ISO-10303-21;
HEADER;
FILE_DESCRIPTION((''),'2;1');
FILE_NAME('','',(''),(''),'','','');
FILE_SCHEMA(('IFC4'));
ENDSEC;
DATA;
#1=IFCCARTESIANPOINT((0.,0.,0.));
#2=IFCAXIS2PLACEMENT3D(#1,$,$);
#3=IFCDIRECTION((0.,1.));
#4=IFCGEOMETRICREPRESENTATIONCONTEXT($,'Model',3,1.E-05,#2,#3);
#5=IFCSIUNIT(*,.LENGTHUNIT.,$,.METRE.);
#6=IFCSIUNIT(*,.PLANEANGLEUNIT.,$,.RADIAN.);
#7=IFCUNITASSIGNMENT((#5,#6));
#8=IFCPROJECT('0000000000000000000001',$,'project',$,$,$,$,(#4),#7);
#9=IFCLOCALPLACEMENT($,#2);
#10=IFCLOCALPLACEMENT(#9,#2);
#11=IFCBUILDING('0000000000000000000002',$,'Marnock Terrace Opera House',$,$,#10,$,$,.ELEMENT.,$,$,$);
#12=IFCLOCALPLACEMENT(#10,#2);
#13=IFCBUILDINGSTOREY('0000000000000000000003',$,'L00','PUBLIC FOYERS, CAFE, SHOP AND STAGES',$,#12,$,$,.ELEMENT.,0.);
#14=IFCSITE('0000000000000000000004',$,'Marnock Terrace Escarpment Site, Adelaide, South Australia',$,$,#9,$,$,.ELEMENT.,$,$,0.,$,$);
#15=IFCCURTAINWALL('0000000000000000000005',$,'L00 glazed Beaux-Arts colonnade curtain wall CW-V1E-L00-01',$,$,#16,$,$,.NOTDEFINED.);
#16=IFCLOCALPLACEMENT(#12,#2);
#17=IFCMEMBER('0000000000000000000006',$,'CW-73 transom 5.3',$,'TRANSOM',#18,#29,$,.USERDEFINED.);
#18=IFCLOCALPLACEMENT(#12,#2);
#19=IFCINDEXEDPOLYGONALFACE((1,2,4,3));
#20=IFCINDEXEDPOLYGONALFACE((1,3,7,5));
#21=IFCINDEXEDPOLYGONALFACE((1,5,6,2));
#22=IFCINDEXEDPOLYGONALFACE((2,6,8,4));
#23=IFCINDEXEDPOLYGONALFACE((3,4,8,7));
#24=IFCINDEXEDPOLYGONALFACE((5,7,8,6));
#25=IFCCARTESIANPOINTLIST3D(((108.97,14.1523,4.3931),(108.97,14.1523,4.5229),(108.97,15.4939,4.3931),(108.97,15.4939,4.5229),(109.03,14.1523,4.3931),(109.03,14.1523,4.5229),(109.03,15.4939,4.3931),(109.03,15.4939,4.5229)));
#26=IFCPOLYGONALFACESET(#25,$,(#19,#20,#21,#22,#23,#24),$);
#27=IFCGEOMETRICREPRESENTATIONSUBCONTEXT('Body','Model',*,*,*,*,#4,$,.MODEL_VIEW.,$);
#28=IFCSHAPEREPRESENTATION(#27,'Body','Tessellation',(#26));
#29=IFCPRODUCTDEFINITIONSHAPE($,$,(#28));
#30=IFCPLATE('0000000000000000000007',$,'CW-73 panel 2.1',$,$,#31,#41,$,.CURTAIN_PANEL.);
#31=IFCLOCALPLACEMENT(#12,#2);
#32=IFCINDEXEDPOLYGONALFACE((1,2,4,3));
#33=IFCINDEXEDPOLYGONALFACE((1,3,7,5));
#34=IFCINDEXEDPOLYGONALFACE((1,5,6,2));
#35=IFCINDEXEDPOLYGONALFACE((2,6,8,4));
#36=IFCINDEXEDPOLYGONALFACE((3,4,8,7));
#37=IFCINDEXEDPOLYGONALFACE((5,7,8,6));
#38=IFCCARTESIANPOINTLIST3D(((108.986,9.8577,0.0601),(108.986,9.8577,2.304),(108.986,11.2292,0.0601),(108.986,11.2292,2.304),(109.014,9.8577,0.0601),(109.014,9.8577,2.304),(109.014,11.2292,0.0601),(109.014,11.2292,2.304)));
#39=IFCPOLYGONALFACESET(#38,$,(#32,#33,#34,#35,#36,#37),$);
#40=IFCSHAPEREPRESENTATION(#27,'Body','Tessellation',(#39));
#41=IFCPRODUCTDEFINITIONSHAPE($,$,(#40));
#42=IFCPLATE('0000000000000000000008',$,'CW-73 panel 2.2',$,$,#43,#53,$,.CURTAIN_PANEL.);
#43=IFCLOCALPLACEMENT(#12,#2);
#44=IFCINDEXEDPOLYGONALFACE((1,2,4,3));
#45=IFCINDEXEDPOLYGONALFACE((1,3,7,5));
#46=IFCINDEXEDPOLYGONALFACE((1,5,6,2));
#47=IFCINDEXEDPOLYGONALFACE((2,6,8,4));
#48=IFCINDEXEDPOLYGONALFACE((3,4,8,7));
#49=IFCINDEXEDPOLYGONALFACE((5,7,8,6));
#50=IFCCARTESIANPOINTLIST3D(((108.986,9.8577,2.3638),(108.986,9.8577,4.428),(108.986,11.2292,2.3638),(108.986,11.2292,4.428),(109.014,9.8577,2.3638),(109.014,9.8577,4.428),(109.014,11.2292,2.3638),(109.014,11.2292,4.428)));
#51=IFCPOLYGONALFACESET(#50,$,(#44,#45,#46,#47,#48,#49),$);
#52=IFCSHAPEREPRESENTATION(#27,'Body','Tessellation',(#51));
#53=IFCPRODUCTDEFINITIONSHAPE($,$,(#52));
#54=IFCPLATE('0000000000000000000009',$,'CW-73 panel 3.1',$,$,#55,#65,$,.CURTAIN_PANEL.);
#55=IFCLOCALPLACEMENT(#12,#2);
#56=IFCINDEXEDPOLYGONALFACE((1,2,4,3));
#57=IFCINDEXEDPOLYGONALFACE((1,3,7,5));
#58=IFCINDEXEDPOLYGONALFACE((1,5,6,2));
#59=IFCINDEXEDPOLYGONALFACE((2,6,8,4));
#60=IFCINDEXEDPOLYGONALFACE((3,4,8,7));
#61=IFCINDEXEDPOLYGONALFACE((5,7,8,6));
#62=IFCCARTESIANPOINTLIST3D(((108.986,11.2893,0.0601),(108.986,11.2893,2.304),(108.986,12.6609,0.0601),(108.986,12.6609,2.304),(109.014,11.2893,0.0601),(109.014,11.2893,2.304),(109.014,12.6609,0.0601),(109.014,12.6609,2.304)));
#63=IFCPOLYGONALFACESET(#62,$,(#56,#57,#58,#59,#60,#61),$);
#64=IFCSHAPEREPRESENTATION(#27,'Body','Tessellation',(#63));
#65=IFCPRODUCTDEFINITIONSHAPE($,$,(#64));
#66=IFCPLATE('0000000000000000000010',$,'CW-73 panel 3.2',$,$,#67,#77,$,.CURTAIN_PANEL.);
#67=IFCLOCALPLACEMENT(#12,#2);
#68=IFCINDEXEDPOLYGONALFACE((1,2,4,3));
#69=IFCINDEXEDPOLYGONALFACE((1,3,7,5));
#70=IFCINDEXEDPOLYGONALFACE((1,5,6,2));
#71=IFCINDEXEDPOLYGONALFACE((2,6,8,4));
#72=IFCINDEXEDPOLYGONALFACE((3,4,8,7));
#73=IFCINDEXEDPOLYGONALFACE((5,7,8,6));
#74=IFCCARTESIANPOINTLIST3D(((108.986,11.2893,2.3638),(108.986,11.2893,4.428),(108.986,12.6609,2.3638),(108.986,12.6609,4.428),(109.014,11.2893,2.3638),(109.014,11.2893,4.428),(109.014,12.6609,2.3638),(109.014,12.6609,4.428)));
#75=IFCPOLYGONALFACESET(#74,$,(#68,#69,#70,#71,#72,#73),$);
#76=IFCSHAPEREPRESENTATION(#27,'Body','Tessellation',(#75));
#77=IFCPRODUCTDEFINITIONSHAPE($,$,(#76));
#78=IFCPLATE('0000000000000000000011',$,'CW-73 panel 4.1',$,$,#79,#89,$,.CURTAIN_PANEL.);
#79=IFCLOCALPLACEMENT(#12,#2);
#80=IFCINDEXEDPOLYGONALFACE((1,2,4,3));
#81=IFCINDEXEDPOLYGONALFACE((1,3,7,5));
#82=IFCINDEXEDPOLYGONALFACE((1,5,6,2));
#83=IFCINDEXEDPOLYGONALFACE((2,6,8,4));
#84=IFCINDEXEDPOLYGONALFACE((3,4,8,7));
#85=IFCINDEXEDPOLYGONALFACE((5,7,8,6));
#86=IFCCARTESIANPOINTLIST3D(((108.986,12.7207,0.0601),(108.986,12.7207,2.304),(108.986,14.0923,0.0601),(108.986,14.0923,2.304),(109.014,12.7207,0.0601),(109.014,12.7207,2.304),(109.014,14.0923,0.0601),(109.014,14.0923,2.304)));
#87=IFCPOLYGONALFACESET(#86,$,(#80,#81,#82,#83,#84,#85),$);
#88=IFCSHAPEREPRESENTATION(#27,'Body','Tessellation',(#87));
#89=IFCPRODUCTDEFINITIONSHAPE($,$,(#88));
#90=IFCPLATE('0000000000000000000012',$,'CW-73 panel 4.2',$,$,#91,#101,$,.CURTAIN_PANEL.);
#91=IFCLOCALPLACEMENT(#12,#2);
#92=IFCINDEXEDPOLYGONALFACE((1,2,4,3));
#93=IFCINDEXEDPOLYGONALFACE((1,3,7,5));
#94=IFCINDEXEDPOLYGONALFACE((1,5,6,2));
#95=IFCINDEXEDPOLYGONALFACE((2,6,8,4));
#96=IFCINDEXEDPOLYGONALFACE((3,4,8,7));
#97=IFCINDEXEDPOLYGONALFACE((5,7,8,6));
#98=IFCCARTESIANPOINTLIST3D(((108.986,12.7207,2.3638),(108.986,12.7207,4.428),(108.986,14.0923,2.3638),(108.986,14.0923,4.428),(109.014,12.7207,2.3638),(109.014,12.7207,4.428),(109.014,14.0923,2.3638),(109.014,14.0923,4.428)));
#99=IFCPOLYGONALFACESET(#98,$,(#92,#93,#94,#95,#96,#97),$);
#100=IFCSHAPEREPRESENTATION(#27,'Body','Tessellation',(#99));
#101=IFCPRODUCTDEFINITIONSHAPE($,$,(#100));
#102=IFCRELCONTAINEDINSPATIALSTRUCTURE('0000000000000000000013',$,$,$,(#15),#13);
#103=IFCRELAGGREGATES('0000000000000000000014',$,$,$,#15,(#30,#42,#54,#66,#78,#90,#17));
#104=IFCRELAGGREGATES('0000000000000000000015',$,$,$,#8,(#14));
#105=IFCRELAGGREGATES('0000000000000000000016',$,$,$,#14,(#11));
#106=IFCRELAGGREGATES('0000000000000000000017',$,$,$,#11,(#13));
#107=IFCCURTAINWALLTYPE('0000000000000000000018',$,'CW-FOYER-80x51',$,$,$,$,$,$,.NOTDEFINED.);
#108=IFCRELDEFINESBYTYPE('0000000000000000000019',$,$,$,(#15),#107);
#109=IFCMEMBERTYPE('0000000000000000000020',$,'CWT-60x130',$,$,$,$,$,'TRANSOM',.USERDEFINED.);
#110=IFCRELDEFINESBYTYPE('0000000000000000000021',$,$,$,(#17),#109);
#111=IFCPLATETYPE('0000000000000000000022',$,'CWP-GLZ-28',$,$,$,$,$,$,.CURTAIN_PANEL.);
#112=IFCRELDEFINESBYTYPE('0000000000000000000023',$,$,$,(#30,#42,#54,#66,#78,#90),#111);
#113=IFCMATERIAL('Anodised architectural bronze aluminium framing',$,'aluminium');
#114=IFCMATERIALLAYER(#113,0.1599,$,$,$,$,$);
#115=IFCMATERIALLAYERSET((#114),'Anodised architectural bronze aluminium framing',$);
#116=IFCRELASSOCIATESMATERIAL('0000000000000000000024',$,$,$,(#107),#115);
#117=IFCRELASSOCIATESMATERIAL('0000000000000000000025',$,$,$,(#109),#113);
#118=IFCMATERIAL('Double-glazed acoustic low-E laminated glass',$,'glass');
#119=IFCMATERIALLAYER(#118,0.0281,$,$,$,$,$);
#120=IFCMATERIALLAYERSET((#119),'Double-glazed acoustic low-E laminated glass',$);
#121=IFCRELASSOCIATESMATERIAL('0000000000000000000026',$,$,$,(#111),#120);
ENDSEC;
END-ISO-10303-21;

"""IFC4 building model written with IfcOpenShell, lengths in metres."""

from ifc_helpers import new_model, si_unit, direction, frame, origin, origin_2d, place, context, subcontext, project, spatial, rectangle, extrude, material, layer, layer_set, material_profile, profile_set, type_object, element, aggregate, save


model = new_model("IFC4")

# Units and contexts
model_context = context("Model", 3, precision=1e-05, world=origin(), true_north=direction((0.0, 1.0)))
body_context = subcontext(model_context, "Body", "Model", "MODEL_VIEW")
ifc_project = project(units=[si_unit("LENGTHUNIT", "METRE"), si_unit("PLANEANGLEUNIT", "RADIAN")], contexts=[model_context])

# Site, building, storey
site_placement = place(None, origin())
site = spatial("IfcSite", under=ifc_project, at=site_placement, Name="Marnock Terrace Escarpment Site, Adelaide, South Australia", CompositionType="ELEMENT", RefElevation=0.0)
building_placement = place(site_placement, origin())
building = spatial("IfcBuilding", under=site, at=building_placement, Name="Marnock Terrace Opera House", CompositionType="ELEMENT")
storey_placement = place(building_placement, origin())
storey = spatial("IfcBuildingStorey", under=building, at=storey_placement, Name="L00", Description="PUBLIC FOYERS, CAFE, SHOP AND STAGES", CompositionType="ELEMENT", Elevation=0.0)

# Curtain wall, member, plates
ifc_material_1 = material(Name="Anodised architectural bronze aluminium framing", Category="aluminium")
ifc_layer_1 = layer(ifc_material_1, 0.1599)
ifc_layer_set_1 = layer_set([ifc_layer_1], Name="Anodised architectural bronze aluminium framing")
curtain_wall_type = type_object("IfcCurtainWallType", Name="CW-FOYER-80x51", PredefinedType="NOTDEFINED", material=ifc_layer_set_1)
curtain_wall_placement = place(storey_placement, origin())
curtain_wall = element("IfcCurtainWall", 1, at=curtain_wall_placement, inside=storey, type_object=curtain_wall_type, Name="L00 glazed Beaux-Arts colonnade curtain wall CW-V1E-L00-01", PredefinedType="NOTDEFINED")
ifc_material_profile_1 = material_profile(ifc_material_1, rectangle(XDim=0.0601, YDim=0.1299, at=origin_2d()))
ifc_profile_set_1 = profile_set([ifc_material_profile_1], Name="Anodised architectural bronze aluminium framing")
member_type_1 = type_object("IfcMemberType", Name="CWT-60x130", ElementType="TRANSOM", PredefinedType="USERDEFINED", material=ifc_profile_set_1)
member_1_placement = place(storey_placement, frame((109.0, 14.1523, 4.458), z_axis=(0.0, 1.0, 0.0), x_axis=(-1.0, 0.0, 0.0)))
member_1 = element("IfcMember", 2, at=member_1_placement, type_object=member_type_1, Name="CW-73 transom 5.3", ObjectType="TRANSOM", PredefinedType="USERDEFINED", context=body_context, shape_type="SweptSolid", body=[
    extrude(rectangle(XDim=0.0601, YDim=0.1299, at=origin_2d()), origin(), (0.0, 0.0, 1.0), 1.3416),
])
ifc_material_2 = material(Name="Double-glazed acoustic low-E laminated glass", Category="glass")
ifc_layer_2 = layer(ifc_material_2, 0.0281)
ifc_layer_set_2 = layer_set([ifc_layer_2], Name="Double-glazed acoustic low-E laminated glass")
plate_type = type_object("IfcPlateType", Name="CWP-GLZ-28", PredefinedType="CURTAIN_PANEL", material=ifc_layer_set_2)
plate_1_placement = place(storey_placement, frame((109.0, 10.5435, 0.0601), z_axis=(0.0, 0.0, 1.0), x_axis=(0.0, 1.0, 0.0)))
plate_1 = element("IfcPlate", 3, at=plate_1_placement, type_object=plate_type, Name="CW-73 panel 2.1", PredefinedType="CURTAIN_PANEL", context=body_context, shape_type="SweptSolid", body=[
    extrude(rectangle(XDim=1.3716, YDim=0.0281, at=origin_2d()), origin(), (0.0, 0.0, 1.0), 2.2439),
])
plate_2_placement = place(storey_placement, frame((109.0, 10.5435, 2.3638), z_axis=(0.0, 0.0, 1.0), x_axis=(0.0, 1.0, 0.0)))
plate_2 = element("IfcPlate", 4, at=plate_2_placement, type_object=plate_type, Name="CW-73 panel 2.2", PredefinedType="CURTAIN_PANEL", context=body_context, shape_type="SweptSolid", body=[
    extrude(rectangle(XDim=1.3716, YDim=0.0281, at=origin_2d()), origin(), (0.0, 0.0, 1.0), 2.0642),
])
plate_3_placement = place(storey_placement, frame((109.0, 11.9751, 0.0601), z_axis=(0.0, 0.0, 1.0), x_axis=(0.0, 1.0, 0.0)))
plate_3 = element("IfcPlate", 5, at=plate_3_placement, type_object=plate_type, Name="CW-73 panel 3.1", PredefinedType="CURTAIN_PANEL", context=body_context, shape_type="SweptSolid", body=[
    extrude(rectangle(XDim=1.3716, YDim=0.0281, at=origin_2d()), origin(), (0.0, 0.0, 1.0), 2.2439),
])
plate_4_placement = place(storey_placement, frame((109.0, 11.9751, 2.3638), z_axis=(0.0, 0.0, 1.0), x_axis=(0.0, 1.0, 0.0)))
plate_4 = element("IfcPlate", 6, at=plate_4_placement, type_object=plate_type, Name="CW-73 panel 3.2", PredefinedType="CURTAIN_PANEL", context=body_context, shape_type="SweptSolid", body=[
    extrude(rectangle(XDim=1.3716, YDim=0.0281, at=origin_2d()), origin(), (0.0, 0.0, 1.0), 2.0642),
])
plate_5_placement = place(storey_placement, frame((109.0, 13.4065, 0.0601), z_axis=(0.0, 0.0, 1.0), x_axis=(0.0, 1.0, 0.0)))
plate_5 = element("IfcPlate", 7, at=plate_5_placement, type_object=plate_type, Name="CW-73 panel 4.1", PredefinedType="CURTAIN_PANEL", context=body_context, shape_type="SweptSolid", body=[
    extrude(rectangle(XDim=1.3716, YDim=0.0281, at=origin_2d()), origin(), (0.0, 0.0, 1.0), 2.2439),
])
plate_6_placement = place(storey_placement, frame((109.0, 13.4065, 2.3638), z_axis=(0.0, 0.0, 1.0), x_axis=(0.0, 1.0, 0.0)))
plate_6 = element("IfcPlate", 8, at=plate_6_placement, type_object=plate_type, Name="CW-73 panel 4.2", PredefinedType="CURTAIN_PANEL", context=body_context, shape_type="SweptSolid", body=[
    extrude(rectangle(XDim=1.3716, YDim=0.0281, at=origin_2d()), origin(), (0.0, 0.0, 1.0), 2.0642),
])
aggregate(curtain_wall, [plate_1, plate_2, plate_3, plate_4, plate_5, plate_6, member_1])

save(model, "model.ifc")
